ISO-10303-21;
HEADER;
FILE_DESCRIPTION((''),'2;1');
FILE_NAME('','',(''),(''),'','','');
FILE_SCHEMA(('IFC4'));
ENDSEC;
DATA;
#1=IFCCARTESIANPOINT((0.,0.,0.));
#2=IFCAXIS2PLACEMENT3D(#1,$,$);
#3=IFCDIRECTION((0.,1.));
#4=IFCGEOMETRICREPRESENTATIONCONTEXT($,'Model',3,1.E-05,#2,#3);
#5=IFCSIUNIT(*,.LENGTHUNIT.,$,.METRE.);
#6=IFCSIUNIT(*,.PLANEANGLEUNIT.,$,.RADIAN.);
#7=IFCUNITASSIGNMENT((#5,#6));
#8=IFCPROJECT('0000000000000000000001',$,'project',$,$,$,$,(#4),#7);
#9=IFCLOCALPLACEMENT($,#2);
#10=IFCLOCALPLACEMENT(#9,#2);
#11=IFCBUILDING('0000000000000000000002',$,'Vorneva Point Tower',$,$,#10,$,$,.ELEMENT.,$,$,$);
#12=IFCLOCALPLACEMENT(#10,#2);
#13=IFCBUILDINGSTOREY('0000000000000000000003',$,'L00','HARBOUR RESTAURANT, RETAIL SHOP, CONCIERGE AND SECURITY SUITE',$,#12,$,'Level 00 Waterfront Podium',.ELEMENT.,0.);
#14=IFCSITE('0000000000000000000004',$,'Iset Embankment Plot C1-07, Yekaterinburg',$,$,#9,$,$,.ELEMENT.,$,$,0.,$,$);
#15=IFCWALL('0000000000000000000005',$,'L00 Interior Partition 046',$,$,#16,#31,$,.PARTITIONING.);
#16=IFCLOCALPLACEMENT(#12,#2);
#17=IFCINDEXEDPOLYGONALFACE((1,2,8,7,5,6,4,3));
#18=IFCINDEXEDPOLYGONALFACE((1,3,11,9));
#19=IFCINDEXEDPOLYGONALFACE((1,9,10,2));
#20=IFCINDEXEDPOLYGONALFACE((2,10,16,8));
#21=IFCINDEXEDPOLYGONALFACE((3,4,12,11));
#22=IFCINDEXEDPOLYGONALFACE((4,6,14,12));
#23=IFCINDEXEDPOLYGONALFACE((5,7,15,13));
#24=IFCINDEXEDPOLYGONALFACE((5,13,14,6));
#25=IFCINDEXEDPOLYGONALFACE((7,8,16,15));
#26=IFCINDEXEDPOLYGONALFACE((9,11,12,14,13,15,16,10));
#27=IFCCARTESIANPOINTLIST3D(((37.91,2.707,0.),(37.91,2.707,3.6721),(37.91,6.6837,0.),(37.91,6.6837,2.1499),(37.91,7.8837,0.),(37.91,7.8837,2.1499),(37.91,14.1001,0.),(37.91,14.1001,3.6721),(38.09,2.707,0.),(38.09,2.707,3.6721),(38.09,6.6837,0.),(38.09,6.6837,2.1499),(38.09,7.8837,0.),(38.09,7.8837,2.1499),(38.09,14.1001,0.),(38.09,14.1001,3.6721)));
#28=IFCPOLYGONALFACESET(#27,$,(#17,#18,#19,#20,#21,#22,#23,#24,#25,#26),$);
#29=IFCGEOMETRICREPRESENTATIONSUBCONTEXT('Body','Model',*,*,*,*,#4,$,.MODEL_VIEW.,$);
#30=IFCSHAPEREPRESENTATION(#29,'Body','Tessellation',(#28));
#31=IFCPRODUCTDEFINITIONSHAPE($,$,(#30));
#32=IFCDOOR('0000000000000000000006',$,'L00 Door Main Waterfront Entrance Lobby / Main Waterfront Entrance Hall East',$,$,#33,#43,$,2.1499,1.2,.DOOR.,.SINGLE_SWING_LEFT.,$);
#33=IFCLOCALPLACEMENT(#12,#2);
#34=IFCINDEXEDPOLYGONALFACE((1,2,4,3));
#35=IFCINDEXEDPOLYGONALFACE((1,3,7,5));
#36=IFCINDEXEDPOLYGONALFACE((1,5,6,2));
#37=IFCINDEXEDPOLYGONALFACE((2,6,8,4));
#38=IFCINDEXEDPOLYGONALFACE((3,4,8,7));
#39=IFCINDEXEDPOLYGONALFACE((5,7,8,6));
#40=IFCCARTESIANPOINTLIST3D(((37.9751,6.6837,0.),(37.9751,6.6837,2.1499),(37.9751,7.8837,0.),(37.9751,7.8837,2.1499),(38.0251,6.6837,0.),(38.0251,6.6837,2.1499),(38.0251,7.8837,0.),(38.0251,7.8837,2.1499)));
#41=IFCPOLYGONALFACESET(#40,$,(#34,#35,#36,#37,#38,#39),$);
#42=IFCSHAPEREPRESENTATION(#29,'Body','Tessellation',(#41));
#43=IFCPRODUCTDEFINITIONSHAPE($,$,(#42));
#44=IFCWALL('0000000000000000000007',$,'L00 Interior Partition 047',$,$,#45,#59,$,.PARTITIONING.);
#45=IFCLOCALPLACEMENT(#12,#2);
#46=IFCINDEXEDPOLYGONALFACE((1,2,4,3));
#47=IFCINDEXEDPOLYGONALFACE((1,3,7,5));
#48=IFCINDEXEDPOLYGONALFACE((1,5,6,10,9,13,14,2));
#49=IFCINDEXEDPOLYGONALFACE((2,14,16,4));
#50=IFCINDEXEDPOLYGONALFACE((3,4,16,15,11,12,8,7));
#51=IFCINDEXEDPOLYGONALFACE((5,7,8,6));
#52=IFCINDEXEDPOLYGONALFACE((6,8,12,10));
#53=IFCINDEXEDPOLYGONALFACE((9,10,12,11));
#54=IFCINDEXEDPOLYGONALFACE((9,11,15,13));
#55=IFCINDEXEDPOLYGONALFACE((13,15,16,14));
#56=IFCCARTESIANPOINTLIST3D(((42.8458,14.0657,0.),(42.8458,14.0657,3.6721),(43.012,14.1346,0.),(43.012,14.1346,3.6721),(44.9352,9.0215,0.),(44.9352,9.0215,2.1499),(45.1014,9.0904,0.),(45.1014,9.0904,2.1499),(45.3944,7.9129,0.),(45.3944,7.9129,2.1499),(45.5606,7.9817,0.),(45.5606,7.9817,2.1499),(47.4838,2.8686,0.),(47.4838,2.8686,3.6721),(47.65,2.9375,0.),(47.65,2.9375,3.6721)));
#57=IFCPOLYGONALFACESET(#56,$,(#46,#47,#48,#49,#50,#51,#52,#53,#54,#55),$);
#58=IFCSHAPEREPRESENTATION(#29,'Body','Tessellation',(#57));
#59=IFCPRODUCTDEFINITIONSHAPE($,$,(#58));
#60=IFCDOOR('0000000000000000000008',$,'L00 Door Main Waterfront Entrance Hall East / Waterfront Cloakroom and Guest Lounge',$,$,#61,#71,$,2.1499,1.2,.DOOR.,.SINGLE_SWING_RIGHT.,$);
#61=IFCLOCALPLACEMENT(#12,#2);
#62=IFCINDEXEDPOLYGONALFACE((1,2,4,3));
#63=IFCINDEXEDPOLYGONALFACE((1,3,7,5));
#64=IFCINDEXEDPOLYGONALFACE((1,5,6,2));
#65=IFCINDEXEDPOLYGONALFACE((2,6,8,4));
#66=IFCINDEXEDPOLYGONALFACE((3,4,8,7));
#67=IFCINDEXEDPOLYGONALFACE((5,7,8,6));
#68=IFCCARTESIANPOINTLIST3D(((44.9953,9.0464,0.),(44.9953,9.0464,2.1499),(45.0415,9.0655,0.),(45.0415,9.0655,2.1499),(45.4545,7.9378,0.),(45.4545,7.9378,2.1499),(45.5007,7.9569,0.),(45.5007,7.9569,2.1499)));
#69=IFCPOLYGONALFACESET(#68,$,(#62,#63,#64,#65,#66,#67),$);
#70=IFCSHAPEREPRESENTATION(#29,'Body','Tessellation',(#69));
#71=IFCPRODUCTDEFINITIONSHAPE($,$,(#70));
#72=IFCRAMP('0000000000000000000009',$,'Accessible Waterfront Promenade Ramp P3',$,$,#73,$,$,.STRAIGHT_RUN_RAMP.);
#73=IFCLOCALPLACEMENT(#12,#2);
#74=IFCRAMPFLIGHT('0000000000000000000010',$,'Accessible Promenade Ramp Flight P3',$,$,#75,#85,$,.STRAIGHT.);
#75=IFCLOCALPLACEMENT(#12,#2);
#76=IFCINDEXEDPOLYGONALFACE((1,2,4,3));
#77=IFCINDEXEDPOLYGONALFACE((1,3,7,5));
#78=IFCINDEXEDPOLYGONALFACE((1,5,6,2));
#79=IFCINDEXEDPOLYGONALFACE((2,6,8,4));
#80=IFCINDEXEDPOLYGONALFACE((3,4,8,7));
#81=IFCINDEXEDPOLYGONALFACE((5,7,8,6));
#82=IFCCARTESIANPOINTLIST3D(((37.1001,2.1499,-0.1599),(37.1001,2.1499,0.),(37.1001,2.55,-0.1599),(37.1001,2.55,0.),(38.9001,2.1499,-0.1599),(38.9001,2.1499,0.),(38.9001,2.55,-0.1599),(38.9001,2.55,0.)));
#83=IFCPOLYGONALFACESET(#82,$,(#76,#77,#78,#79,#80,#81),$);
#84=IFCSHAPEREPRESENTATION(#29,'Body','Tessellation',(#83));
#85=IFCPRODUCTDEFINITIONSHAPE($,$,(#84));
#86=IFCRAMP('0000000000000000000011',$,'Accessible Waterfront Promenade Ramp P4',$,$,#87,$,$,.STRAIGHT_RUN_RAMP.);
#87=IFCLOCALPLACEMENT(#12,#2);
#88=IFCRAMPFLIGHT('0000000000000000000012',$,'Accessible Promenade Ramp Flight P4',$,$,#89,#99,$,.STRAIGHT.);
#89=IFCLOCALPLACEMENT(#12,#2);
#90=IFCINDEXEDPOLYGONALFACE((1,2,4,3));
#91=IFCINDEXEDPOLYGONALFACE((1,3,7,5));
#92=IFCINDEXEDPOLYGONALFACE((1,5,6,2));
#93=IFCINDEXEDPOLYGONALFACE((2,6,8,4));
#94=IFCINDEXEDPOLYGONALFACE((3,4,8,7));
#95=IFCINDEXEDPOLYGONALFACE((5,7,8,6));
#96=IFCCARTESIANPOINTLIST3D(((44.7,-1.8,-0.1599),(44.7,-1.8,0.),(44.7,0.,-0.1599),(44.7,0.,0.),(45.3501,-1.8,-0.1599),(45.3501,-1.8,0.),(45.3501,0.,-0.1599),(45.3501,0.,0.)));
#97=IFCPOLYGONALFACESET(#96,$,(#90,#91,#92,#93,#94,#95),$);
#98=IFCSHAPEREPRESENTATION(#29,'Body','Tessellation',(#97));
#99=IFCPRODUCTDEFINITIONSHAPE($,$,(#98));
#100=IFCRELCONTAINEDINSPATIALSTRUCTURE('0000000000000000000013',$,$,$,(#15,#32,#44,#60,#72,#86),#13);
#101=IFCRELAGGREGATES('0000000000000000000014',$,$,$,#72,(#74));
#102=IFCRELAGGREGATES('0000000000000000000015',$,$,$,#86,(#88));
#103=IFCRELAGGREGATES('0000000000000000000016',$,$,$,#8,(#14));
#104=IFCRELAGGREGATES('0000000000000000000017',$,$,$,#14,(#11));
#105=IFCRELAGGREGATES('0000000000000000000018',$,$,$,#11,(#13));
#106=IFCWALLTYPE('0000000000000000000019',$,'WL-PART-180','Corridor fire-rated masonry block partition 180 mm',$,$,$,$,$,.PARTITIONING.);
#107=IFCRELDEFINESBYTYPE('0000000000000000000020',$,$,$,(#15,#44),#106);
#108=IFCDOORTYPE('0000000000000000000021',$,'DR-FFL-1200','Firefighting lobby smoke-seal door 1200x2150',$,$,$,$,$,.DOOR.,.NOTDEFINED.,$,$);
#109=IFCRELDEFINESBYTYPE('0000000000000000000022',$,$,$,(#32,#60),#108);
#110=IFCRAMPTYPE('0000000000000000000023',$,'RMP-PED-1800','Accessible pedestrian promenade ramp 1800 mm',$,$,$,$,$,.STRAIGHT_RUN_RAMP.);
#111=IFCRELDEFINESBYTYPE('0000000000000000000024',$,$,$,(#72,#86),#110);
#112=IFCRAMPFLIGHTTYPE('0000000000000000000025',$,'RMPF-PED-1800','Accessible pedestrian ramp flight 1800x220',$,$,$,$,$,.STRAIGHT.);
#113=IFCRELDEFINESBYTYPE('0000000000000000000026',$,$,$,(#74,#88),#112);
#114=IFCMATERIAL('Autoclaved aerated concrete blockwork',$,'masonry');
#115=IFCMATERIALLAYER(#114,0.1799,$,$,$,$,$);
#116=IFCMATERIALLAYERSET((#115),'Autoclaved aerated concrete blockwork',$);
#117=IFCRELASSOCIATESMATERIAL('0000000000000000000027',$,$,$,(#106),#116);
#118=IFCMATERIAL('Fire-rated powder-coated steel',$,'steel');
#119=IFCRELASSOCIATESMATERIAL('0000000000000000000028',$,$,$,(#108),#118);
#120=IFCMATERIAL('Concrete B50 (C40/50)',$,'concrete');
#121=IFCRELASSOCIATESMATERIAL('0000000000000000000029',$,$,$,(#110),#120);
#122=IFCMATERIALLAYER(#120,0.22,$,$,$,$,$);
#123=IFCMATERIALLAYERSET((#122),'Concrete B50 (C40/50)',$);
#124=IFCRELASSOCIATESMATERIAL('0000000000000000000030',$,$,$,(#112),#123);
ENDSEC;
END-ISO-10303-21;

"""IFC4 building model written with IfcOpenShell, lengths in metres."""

from ifc_helpers import new_model, si_unit, direction, frame, frame_2d, origin, place, context, subcontext, project, spatial, polyline, rectangle, outline, extrude, material, layer, layer_set, type_object, element, fill, aggregate, save


model = new_model("IFC4")

# Units and contexts
model_context = context("Model", 3, precision=1e-05, world=origin(), true_north=direction((0.0, 1.0)))
body_context = subcontext(model_context, "Body", "Model", "MODEL_VIEW")
ifc_project = project(units=[si_unit("LENGTHUNIT", "METRE"), si_unit("PLANEANGLEUNIT", "RADIAN")], contexts=[model_context])

# Site, building, storey
site_placement = place(None, origin())
site = spatial("IfcSite", under=ifc_project, at=site_placement, Name="Iset Embankment Plot C1-07, Yekaterinburg", CompositionType="ELEMENT", RefElevation=0.0)
building_placement = place(site_placement, origin())
building = spatial("IfcBuilding", under=site, at=building_placement, Name="Vorneva Point Tower", CompositionType="ELEMENT")
storey_placement = place(building_placement, origin())
storey = spatial("IfcBuildingStorey", under=building, at=storey_placement, Name="L00", Description="HARBOUR RESTAURANT, RETAIL SHOP, CONCIERGE AND SECURITY SUITE", LongName="Level 00 Waterfront Podium", CompositionType="ELEMENT", Elevation=0.0)

# Walls, openings, doors
ifc_material_1 = material(Name="Autoclaved aerated concrete blockwork", Category="masonry")
ifc_layer_1 = layer(ifc_material_1, 0.1799)
ifc_layer_set_1 = layer_set([ifc_layer_1], Name="Autoclaved aerated concrete blockwork")
wall_type_1 = type_object("IfcWallType", Name="WL-PART-180", Description="Corridor fire-rated masonry block partition 180 mm", PredefinedType="PARTITIONING", material=ifc_layer_set_1)
wall_1_placement = place(storey_placement, frame((38.0, 2.707, 0.0), z_axis=(0.0, 0.0, 1.0), x_axis=(0.0, 1.0, 0.0)))
wall_1 = element("IfcWall", 1, at=wall_1_placement, inside=storey, type_object=wall_type_1, Name="L00 Interior Partition 046", PredefinedType="PARTITIONING", context=body_context, shape_type="SweptSolid", body=[
    extrude(rectangle(XDim=11.3931, YDim=0.1799, at=frame_2d((5.6965, 0.0))), origin(), (0.0, 0.0, 1.0), 3.6721),
])
opening_1_placement = place(wall_1_placement, frame((3.9766, 0.0, 0.0)))
opening_1 = element("IfcOpeningElement", 2, at=opening_1_placement, cuts=wall_1, PredefinedType="OPENING", context=body_context, shape_type="SweptSolid", body=[
    extrude(rectangle(XDim=1.2, YDim=2.1499, at=frame_2d((0.6001, 1.075))), frame((0.0, 0.105, 0.0), z_axis=(0.0, -1.0, 0.0), x_axis=(1.0, 0.0, 0.0)), (0.0, 0.0, 1.0), 0.2097),
])
ifc_material_2 = material(Name="Fire-rated powder-coated steel", Category="steel")
door_type_1 = type_object("IfcDoorType", Name="DR-FFL-1200", Description="Firefighting lobby smoke-seal door 1200x2150", OperationType="NOTDEFINED", PredefinedType="DOOR", material=ifc_material_2)
door_1_placement = place(opening_1_placement, origin())
door_1 = element("IfcDoor", 3, at=door_1_placement, inside=storey, type_object=door_type_1, Name="L00 Door Main Waterfront Entrance Lobby / Main Waterfront Entrance Hall East", OperationType="SINGLE_SWING_LEFT", OverallHeight=2.1499, OverallWidth=1.2, PredefinedType="DOOR", context=body_context, shape_type="SweptSolid", body=[
    extrude(rectangle(XDim=1.2, YDim=2.1499, at=frame_2d((0.6001, 1.075))), frame((0.0, 0.0249, 0.0), z_axis=(0.0, -1.0, 0.0), x_axis=(1.0, 0.0, 0.0)), (0.0, 0.0, 1.0), 0.05),
])
fill(opening_1, door_1)
wall_2_placement = place(storey_placement, frame((47.5669, 2.9031, 0.0), z_axis=(0.0, 0.0, 1.0), x_axis=(-0.382682, 0.92388, 0.0)))
wall_2 = element("IfcWall", 4, at=wall_2_placement, inside=storey, type_object=wall_type_1, Name="L00 Interior Partition 047", PredefinedType="PARTITIONING", context=body_context, shape_type="SweptSolid", body=[
    extrude(rectangle(XDim=12.1196, YDim=0.1799, at=frame_2d((6.0598, 0.0))), origin(), (0.0, 0.0, 1.0), 3.6721),
])
opening_2_placement = place(wall_2_placement, frame((5.4597, 0.0, 0.0)))
opening_2 = element("IfcOpeningElement", 5, at=opening_2_placement, cuts=wall_2, PredefinedType="OPENING", context=body_context, shape_type="SweptSolid", body=[
    extrude(rectangle(XDim=1.2, YDim=2.1499, at=frame_2d((0.6001, 1.075))), frame((0.0, 0.105, 0.0), z_axis=(0.0, -1.0, 0.0), x_axis=(1.0, 0.0, 0.0)), (0.0, 0.0, 1.0), 0.2097),
])
door_2_placement = place(opening_2_placement, origin())
door_2 = element("IfcDoor", 6, at=door_2_placement, inside=storey, type_object=door_type_1, Name="L00 Door Main Waterfront Entrance Hall East / Waterfront Cloakroom and Guest Lounge", OperationType="SINGLE_SWING_RIGHT", OverallHeight=2.1499, OverallWidth=1.2, PredefinedType="DOOR", context=body_context, shape_type="SweptSolid", body=[
    extrude(rectangle(XDim=1.2, YDim=2.1499, at=frame_2d((0.6001, 1.075))), frame((0.0, 0.0249, 0.0), z_axis=(0.0, -1.0, 0.0), x_axis=(1.0, 0.0, 0.0)), (0.0, 0.0, 1.0), 0.05),
])
fill(opening_2, door_2)

# Ramps, ramp flights
ifc_material_3 = material(Name="Concrete B50 (C40/50)", Category="concrete")
ramp_type = type_object("IfcRampType", Name="RMP-PED-1800", Description="Accessible pedestrian promenade ramp 1800 mm", PredefinedType="STRAIGHT_RUN_RAMP", material=ifc_material_3)
ramp_1_placement = place(storey_placement, origin())
ramp_1 = element("IfcRamp", 7, at=ramp_1_placement, inside=storey, type_object=ramp_type, Name="Accessible Waterfront Promenade Ramp P3", PredefinedType="STRAIGHT_RUN_RAMP")
ifc_layer_2 = layer(ifc_material_3, 0.22)
ifc_layer_set_2 = layer_set([ifc_layer_2], Name="Concrete B50 (C40/50)")
ramp_flight_type = type_object("IfcRampFlightType", Name="RMPF-PED-1800", Description="Accessible pedestrian ramp flight 1800x220", PredefinedType="STRAIGHT", material=ifc_layer_set_2)
ramp_flight_1_placement = place(storey_placement, frame((38.0, 2.1499, 0.0), z_axis=(0.0, 0.0, 1.0), x_axis=(0.0, 1.0, 0.0)))
ramp_flight_1 = element("IfcRampFlight", 8, at=ramp_flight_1_placement, type_object=ramp_flight_type, Name="Accessible Promenade Ramp Flight P3", PredefinedType="STRAIGHT", context=body_context, shape_type="SweptSolid", body=[
    extrude(outline(polyline([(0.0, -0.1599), (0.4001, -0.1599), (0.4001, 0.0), (0.0, 0.0), (0.0, -0.1599)])), frame((0.0, 0.8999, 0.0), z_axis=(0.0, -1.0, 0.0), x_axis=(1.0, 0.0, 0.0)), (0.0, 0.0, 1.0), 1.8),
])
aggregate(ramp_1, [ramp_flight_1])
ramp_2_placement = place(storey_placement, origin())
ramp_2 = element("IfcRamp", 9, at=ramp_2_placement, inside=storey, type_object=ramp_type, Name="Accessible Waterfront Promenade Ramp P4", PredefinedType="STRAIGHT_RUN_RAMP")
ramp_flight_2_placement = place(storey_placement, frame((44.7, -0.8999, 0.0), z_axis=(0.0, 0.0, 1.0), x_axis=(1.0, 0.0, 0.0)))
ramp_flight_2 = element("IfcRampFlight", 10, at=ramp_flight_2_placement, type_object=ramp_flight_type, Name="Accessible Promenade Ramp Flight P4", PredefinedType="STRAIGHT", context=body_context, shape_type="SweptSolid", body=[
    extrude(outline(polyline([(0.0, -0.1599), (0.6501, -0.1599), (0.6501, 0.0), (0.0, 0.0), (0.0, -0.1599)])), frame((0.0, 0.8999, 0.0), z_axis=(0.0, -1.0, 0.0), x_axis=(1.0, 0.0, 0.0)), (0.0, 0.0, 1.0), 1.8),
])
aggregate(ramp_2, [ramp_flight_2])

save(model, "model.ifc")
